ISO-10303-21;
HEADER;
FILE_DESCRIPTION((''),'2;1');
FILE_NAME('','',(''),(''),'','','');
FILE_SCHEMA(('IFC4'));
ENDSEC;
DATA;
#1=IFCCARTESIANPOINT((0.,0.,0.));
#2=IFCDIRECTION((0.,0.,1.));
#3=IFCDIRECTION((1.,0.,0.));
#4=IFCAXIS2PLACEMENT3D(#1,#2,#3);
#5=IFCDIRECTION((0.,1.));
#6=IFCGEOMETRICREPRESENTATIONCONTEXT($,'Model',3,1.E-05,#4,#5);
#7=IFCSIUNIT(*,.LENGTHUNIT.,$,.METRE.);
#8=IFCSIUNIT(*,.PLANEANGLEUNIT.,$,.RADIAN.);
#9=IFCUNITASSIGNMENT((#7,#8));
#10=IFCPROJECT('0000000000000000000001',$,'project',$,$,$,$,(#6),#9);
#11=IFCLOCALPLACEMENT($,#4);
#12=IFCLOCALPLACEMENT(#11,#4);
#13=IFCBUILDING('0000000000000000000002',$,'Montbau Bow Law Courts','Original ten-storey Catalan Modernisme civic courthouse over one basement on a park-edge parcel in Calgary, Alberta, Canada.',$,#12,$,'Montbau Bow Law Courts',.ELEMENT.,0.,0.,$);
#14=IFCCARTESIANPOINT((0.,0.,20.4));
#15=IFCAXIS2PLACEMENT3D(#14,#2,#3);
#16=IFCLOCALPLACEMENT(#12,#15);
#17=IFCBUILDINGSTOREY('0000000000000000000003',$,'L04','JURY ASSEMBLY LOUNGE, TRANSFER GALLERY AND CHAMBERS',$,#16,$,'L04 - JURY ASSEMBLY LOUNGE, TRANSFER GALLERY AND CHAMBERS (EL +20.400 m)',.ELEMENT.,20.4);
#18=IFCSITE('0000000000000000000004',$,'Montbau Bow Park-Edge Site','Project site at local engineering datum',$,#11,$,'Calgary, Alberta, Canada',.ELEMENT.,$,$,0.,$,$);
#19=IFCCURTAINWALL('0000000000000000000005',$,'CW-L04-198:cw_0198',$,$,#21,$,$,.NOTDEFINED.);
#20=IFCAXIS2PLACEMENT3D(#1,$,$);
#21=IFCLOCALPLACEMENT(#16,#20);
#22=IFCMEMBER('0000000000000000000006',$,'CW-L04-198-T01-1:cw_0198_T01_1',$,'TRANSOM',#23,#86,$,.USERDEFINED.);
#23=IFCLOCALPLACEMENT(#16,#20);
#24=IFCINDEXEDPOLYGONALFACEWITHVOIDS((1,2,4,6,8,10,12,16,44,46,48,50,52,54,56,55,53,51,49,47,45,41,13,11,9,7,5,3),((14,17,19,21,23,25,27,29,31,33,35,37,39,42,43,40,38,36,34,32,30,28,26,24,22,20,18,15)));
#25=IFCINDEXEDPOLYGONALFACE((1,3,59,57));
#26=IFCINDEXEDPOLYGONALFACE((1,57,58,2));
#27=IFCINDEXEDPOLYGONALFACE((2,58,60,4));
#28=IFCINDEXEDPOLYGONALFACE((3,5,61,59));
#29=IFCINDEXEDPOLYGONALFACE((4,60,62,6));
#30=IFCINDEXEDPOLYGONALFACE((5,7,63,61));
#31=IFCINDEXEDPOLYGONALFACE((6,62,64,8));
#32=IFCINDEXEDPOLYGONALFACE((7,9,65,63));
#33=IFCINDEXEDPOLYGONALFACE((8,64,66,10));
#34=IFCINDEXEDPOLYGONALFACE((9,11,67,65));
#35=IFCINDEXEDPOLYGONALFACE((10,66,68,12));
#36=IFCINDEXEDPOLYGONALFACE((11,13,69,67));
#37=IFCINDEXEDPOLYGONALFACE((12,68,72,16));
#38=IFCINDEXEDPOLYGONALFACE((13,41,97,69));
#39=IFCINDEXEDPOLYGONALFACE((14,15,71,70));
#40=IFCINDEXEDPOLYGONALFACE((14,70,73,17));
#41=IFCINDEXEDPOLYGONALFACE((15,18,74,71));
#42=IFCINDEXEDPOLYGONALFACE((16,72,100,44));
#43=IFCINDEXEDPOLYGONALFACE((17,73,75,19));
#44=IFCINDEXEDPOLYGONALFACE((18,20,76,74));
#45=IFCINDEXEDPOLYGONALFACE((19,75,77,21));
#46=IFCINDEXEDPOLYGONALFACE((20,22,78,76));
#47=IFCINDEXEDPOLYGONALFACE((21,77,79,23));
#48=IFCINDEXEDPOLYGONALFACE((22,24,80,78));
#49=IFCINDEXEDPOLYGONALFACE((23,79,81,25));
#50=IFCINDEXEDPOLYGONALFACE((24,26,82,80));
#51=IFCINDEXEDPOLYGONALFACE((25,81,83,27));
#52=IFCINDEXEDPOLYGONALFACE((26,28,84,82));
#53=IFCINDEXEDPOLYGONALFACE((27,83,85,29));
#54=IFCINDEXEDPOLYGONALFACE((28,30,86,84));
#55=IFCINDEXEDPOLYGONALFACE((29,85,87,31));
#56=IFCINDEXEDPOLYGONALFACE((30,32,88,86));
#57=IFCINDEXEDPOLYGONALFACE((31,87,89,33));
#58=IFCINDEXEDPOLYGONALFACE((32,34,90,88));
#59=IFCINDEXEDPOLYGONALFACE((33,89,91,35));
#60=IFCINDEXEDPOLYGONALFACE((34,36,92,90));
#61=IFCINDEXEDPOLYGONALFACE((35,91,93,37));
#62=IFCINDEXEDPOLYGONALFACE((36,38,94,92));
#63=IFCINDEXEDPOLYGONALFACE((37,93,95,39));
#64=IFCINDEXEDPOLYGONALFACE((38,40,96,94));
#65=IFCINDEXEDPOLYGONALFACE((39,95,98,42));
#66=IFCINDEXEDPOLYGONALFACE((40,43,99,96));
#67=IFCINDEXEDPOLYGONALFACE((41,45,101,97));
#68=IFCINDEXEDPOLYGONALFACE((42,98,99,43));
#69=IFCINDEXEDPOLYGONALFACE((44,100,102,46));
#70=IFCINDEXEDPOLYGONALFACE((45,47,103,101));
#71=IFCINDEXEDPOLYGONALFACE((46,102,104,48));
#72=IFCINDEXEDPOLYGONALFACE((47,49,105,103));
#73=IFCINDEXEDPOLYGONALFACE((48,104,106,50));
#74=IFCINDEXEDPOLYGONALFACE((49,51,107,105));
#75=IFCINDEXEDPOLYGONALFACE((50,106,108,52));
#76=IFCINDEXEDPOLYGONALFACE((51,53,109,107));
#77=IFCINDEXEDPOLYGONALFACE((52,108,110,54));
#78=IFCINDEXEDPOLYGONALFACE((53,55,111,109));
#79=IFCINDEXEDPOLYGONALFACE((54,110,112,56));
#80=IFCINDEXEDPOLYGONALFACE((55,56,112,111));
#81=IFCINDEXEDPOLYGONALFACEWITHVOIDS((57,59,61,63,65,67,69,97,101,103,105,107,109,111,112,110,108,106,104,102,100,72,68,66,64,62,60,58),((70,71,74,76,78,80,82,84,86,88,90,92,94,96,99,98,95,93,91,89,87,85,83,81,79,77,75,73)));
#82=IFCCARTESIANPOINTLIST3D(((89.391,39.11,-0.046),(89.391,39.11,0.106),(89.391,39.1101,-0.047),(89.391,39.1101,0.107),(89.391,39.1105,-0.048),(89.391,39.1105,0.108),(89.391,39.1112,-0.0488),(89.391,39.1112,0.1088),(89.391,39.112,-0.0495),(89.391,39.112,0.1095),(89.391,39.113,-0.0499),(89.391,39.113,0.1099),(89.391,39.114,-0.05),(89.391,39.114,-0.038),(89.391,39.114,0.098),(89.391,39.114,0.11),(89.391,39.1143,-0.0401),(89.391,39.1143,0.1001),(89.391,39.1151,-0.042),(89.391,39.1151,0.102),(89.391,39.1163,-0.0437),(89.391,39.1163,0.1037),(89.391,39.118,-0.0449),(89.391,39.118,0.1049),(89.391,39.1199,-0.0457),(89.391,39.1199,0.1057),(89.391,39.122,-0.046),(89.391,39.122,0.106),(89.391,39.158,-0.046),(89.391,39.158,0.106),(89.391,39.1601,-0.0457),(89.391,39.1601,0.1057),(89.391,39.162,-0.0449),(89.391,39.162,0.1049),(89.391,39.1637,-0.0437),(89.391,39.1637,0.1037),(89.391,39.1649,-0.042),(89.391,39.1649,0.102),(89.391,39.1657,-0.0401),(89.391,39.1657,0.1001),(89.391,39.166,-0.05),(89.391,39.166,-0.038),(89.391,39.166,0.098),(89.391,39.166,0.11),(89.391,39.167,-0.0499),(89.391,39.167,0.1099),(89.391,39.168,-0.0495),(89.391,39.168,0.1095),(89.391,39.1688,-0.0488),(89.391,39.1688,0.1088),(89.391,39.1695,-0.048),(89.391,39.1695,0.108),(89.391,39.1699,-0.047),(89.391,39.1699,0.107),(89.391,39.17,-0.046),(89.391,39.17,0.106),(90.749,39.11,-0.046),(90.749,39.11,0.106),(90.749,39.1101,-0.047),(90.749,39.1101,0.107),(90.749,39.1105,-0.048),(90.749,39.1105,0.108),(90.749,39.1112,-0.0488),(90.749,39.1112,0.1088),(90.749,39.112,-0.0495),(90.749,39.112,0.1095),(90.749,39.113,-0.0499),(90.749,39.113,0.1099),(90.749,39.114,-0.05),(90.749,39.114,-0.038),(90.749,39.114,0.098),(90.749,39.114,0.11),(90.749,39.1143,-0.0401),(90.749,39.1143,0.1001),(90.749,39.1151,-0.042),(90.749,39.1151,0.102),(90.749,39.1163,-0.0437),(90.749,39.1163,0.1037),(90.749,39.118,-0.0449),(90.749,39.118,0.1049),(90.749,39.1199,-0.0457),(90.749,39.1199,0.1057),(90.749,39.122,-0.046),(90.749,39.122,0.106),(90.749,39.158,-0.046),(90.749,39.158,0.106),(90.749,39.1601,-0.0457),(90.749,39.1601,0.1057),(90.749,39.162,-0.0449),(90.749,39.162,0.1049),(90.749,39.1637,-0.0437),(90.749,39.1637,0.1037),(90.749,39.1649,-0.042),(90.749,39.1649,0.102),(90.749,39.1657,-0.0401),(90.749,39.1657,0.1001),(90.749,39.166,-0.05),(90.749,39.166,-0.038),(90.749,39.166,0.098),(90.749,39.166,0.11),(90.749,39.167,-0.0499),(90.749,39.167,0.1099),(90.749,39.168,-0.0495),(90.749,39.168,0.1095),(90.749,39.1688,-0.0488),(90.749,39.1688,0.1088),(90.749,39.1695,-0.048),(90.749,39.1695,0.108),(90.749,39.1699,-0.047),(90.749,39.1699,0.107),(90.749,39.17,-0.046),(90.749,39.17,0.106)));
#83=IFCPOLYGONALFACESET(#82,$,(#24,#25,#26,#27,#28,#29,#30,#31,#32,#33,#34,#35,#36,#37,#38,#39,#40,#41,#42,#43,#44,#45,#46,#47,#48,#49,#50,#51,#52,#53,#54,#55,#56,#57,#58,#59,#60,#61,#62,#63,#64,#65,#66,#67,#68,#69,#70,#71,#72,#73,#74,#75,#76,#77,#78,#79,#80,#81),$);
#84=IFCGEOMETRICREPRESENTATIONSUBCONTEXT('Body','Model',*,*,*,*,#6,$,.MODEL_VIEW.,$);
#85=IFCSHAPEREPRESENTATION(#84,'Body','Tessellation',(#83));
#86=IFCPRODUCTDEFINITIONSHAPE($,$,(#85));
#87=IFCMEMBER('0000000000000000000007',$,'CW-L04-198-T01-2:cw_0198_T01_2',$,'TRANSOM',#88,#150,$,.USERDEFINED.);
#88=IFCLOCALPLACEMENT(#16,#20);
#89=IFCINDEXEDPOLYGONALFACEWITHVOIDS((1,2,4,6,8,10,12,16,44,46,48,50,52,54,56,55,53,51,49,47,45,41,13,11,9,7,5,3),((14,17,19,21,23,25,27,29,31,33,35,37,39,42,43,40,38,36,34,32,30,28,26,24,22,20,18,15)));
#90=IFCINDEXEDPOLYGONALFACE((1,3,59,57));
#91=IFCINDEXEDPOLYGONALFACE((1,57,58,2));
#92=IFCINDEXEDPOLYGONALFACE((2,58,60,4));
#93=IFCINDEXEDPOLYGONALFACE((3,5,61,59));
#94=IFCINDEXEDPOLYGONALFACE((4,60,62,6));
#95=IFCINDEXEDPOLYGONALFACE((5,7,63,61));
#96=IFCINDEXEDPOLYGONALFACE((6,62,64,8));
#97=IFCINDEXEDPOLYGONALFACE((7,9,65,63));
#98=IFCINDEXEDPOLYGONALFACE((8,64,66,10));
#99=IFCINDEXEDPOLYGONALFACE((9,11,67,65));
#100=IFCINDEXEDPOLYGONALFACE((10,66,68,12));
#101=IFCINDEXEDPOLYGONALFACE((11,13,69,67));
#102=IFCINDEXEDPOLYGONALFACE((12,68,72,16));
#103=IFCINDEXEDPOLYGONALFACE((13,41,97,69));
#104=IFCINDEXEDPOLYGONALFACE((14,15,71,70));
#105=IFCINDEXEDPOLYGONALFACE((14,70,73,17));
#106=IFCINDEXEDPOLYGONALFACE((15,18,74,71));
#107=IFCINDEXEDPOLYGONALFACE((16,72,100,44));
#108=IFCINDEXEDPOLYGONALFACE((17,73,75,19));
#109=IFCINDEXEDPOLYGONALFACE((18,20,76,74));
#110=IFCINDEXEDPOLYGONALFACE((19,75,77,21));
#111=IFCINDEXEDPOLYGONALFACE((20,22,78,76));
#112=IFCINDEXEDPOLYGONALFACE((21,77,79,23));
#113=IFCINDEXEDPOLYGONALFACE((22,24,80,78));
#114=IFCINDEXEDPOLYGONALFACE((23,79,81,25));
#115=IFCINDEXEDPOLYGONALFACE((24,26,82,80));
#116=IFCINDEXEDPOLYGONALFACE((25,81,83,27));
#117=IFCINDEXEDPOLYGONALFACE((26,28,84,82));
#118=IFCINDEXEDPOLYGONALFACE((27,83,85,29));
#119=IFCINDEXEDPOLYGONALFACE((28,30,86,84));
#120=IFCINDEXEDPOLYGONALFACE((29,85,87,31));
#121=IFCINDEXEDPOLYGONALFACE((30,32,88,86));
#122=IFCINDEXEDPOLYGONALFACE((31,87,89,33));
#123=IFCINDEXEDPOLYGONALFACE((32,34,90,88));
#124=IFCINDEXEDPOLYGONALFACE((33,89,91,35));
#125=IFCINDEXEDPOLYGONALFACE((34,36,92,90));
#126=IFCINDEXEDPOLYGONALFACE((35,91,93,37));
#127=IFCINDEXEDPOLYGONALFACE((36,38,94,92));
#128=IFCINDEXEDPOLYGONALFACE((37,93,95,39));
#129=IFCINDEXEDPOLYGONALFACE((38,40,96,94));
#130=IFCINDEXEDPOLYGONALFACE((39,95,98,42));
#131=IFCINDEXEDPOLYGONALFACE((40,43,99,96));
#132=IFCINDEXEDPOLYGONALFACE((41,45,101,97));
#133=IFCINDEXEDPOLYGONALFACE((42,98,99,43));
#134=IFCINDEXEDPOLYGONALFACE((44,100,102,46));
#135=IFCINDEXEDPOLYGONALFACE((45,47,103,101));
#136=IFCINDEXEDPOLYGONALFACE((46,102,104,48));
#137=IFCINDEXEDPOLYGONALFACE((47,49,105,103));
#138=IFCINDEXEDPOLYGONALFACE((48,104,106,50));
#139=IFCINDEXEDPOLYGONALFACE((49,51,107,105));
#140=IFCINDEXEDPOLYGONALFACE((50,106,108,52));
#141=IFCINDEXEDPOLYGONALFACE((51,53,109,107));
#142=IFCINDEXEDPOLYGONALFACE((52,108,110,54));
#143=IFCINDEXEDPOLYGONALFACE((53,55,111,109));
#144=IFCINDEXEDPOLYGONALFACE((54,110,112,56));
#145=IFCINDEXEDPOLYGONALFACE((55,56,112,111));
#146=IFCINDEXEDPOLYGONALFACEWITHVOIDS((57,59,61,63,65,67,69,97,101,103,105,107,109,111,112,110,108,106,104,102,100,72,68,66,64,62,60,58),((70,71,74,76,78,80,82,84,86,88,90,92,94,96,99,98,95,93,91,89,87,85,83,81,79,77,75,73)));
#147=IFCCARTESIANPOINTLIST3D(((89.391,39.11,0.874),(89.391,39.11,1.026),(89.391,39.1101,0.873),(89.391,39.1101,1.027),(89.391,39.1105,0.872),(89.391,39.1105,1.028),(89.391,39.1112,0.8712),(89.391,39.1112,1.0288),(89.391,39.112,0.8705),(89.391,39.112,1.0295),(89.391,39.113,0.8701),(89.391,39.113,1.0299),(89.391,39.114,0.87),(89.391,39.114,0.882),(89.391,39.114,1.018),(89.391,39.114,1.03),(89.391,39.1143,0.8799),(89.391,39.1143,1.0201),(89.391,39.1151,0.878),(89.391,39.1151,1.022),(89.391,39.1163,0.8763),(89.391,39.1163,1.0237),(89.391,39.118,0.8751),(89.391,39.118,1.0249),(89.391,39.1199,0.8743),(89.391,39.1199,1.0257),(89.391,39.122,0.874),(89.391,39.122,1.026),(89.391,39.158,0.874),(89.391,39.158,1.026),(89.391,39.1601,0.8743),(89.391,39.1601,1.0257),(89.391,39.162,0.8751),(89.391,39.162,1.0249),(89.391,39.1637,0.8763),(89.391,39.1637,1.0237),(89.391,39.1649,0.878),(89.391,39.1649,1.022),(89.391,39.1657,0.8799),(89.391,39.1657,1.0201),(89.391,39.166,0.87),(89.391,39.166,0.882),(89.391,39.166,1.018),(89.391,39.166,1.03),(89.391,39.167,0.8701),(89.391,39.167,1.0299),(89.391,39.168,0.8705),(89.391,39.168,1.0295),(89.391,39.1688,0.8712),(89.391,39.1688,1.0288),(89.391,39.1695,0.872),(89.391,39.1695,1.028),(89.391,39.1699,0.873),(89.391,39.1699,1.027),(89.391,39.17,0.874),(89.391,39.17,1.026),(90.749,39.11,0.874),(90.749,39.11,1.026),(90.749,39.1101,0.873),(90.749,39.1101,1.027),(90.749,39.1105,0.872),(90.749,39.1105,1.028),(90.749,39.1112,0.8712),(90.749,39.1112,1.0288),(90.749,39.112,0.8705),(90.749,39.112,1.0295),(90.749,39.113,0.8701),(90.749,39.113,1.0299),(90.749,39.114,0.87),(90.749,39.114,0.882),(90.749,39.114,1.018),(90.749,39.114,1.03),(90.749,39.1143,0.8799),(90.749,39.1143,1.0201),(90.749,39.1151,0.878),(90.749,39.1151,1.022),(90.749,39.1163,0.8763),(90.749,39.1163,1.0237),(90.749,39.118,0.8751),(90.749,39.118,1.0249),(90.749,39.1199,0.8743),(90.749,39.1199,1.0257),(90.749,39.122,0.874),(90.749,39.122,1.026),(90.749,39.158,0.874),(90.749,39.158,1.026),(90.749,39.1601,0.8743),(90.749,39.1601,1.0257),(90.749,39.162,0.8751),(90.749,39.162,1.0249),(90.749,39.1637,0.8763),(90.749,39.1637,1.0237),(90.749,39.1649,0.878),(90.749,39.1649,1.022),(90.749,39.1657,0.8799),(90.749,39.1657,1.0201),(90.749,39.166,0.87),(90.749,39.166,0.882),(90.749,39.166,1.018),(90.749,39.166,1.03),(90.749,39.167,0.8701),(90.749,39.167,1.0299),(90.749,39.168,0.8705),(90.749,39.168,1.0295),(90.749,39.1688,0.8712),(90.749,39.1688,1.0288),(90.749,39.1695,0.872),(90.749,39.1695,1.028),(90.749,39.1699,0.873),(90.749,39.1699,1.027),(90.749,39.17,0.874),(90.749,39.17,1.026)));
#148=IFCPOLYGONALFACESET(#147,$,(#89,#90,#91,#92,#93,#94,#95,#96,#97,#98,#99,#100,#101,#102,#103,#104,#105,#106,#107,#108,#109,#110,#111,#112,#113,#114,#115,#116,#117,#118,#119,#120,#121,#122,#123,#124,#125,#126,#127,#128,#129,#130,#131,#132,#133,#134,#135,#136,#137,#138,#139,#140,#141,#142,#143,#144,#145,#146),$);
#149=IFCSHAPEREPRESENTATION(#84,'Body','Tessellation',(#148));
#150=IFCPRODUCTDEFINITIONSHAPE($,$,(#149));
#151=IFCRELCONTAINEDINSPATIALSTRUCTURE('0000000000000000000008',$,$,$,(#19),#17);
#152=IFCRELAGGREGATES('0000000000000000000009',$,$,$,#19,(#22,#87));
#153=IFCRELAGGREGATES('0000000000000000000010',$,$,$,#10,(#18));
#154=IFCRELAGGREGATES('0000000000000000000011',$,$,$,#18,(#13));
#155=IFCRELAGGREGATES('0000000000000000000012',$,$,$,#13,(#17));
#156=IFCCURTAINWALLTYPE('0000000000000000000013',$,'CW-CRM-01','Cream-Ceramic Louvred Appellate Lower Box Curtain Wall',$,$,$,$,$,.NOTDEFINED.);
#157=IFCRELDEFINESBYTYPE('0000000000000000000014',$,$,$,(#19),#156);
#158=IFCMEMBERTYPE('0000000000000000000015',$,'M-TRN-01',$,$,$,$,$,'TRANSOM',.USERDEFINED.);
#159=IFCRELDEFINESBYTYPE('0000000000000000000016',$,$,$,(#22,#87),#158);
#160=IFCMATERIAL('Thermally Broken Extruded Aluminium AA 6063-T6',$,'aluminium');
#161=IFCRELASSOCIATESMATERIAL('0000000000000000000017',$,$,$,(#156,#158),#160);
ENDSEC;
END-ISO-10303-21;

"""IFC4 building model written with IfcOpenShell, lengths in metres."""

from ifc_helpers import new_model, si_unit, direction, frame, origin_with_axes, origin_2d_with_axis, place, context, subcontext, project, spatial, hollow_rectangle, extrude, material, material_profile, profile_set, type_object, element, aggregate, save


model = new_model("IFC4")

# Units and contexts
model_context = context("Model", 3, precision=1e-05, world=origin_with_axes(), true_north=direction((0.0, 1.0)))
body_context = subcontext(model_context, "Body", "Model", "MODEL_VIEW")
ifc_project = project(units=[si_unit("LENGTHUNIT", "METRE"), si_unit("PLANEANGLEUNIT", "RADIAN")], contexts=[model_context])

# Site, building, storey
site_placement = place(None, origin_with_axes())
site = spatial("IfcSite", under=ifc_project, at=site_placement, Name="Montbau Bow Park-Edge Site", Description="Project site at local engineering datum", LongName="Calgary, Alberta, Canada", CompositionType="ELEMENT", RefElevation=0.0)
building_placement = place(site_placement, origin_with_axes())
building = spatial("IfcBuilding", under=site, at=building_placement, Name="Montbau Bow Law Courts", Description="Original ten-storey Catalan Modernisme civic courthouse over one basement on a park-edge parcel in Calgary, Alberta, Canada.", LongName="Montbau Bow Law Courts", CompositionType="ELEMENT", ElevationOfRefHeight=0.0, ElevationOfTerrain=0.0)
storey_placement = place(building_placement, frame((0.0, 0.0, 20.4), z_axis=(0.0, 0.0, 1.0), x_axis=(1.0, 0.0, 0.0)))
storey = spatial("IfcBuildingStorey", under=building, at=storey_placement, Name="L04", Description="JURY ASSEMBLY LOUNGE, TRANSFER GALLERY AND CHAMBERS", LongName="L04 - JURY ASSEMBLY LOUNGE, TRANSFER GALLERY AND CHAMBERS (EL +20.400 m)", CompositionType="ELEMENT", Elevation=20.4)

# Curtain wall, members
ifc_material_1 = material(Name="Thermally Broken Extruded Aluminium AA 6063-T6", Category="aluminium")
curtain_wall_type = type_object("IfcCurtainWallType", Name="CW-CRM-01", Description="Cream-Ceramic Louvred Appellate Lower Box Curtain Wall", PredefinedType="NOTDEFINED", material=ifc_material_1)
curtain_wall_placement = place(None, frame((89.315, 39.14, 20.4), z_axis=(0.0, 0.0, 1.0), x_axis=(1.0, 0.0, 0.0)))
curtain_wall = element("IfcCurtainWall", 1, at=curtain_wall_placement, inside=storey, type_object=curtain_wall_type, Name="CW-L04-198:cw_0198", PredefinedType="NOTDEFINED")
ifc_material_profile_1 = material_profile(ifc_material_1, hollow_rectangle(XDim=0.06, YDim=0.16, WallThickness=0.004, InnerFilletRadius=0.008, OuterFilletRadius=0.004, at=origin_2d_with_axis()), Name="CWT-160X60", Category="Main", Priority=0)
ifc_profile_set_1 = profile_set([ifc_material_profile_1], Name="Thermally Broken Extruded Aluminium AA 6063-T6")
member_type_1 = type_object("IfcMemberType", Name="M-TRN-01", ElementType="TRANSOM", PredefinedType="USERDEFINED", material=ifc_profile_set_1)
member_1_placement = place(None, frame((89.391, 39.14, 20.43), z_axis=(1.0, 0.0, 0.0), x_axis=(0.0, 1.0, 0.0)))
member_1 = element("IfcMember", 2, at=member_1_placement, type_object=member_type_1, Name="CW-L04-198-T01-1:cw_0198_T01_1", ObjectType="TRANSOM", PredefinedType="USERDEFINED", context=body_context, shape_type="SweptSolid", body=[
    extrude(hollow_rectangle(XDim=0.06, YDim=0.16, WallThickness=0.004, InnerFilletRadius=0.008, OuterFilletRadius=0.004, at=origin_2d_with_axis()), origin_with_axes(), (0.0, 0.0, 1.0), 1.358),
])
member_2_placement = place(None, frame((89.391, 39.14, 21.35), z_axis=(1.0, 0.0, 0.0), x_axis=(0.0, 1.0, 0.0)))
member_2 = element("IfcMember", 3, at=member_2_placement, type_object=member_type_1, Name="CW-L04-198-T01-2:cw_0198_T01_2", ObjectType="TRANSOM", PredefinedType="USERDEFINED", context=body_context, shape_type="SweptSolid", body=[
    extrude(hollow_rectangle(XDim=0.06, YDim=0.16, WallThickness=0.004, InnerFilletRadius=0.008, OuterFilletRadius=0.004, at=origin_2d_with_axis()), origin_with_axes(), (0.0, 0.0, 1.0), 1.358),
])
aggregate(curtain_wall, [member_1, member_2])

save(model, "model.ifc")
